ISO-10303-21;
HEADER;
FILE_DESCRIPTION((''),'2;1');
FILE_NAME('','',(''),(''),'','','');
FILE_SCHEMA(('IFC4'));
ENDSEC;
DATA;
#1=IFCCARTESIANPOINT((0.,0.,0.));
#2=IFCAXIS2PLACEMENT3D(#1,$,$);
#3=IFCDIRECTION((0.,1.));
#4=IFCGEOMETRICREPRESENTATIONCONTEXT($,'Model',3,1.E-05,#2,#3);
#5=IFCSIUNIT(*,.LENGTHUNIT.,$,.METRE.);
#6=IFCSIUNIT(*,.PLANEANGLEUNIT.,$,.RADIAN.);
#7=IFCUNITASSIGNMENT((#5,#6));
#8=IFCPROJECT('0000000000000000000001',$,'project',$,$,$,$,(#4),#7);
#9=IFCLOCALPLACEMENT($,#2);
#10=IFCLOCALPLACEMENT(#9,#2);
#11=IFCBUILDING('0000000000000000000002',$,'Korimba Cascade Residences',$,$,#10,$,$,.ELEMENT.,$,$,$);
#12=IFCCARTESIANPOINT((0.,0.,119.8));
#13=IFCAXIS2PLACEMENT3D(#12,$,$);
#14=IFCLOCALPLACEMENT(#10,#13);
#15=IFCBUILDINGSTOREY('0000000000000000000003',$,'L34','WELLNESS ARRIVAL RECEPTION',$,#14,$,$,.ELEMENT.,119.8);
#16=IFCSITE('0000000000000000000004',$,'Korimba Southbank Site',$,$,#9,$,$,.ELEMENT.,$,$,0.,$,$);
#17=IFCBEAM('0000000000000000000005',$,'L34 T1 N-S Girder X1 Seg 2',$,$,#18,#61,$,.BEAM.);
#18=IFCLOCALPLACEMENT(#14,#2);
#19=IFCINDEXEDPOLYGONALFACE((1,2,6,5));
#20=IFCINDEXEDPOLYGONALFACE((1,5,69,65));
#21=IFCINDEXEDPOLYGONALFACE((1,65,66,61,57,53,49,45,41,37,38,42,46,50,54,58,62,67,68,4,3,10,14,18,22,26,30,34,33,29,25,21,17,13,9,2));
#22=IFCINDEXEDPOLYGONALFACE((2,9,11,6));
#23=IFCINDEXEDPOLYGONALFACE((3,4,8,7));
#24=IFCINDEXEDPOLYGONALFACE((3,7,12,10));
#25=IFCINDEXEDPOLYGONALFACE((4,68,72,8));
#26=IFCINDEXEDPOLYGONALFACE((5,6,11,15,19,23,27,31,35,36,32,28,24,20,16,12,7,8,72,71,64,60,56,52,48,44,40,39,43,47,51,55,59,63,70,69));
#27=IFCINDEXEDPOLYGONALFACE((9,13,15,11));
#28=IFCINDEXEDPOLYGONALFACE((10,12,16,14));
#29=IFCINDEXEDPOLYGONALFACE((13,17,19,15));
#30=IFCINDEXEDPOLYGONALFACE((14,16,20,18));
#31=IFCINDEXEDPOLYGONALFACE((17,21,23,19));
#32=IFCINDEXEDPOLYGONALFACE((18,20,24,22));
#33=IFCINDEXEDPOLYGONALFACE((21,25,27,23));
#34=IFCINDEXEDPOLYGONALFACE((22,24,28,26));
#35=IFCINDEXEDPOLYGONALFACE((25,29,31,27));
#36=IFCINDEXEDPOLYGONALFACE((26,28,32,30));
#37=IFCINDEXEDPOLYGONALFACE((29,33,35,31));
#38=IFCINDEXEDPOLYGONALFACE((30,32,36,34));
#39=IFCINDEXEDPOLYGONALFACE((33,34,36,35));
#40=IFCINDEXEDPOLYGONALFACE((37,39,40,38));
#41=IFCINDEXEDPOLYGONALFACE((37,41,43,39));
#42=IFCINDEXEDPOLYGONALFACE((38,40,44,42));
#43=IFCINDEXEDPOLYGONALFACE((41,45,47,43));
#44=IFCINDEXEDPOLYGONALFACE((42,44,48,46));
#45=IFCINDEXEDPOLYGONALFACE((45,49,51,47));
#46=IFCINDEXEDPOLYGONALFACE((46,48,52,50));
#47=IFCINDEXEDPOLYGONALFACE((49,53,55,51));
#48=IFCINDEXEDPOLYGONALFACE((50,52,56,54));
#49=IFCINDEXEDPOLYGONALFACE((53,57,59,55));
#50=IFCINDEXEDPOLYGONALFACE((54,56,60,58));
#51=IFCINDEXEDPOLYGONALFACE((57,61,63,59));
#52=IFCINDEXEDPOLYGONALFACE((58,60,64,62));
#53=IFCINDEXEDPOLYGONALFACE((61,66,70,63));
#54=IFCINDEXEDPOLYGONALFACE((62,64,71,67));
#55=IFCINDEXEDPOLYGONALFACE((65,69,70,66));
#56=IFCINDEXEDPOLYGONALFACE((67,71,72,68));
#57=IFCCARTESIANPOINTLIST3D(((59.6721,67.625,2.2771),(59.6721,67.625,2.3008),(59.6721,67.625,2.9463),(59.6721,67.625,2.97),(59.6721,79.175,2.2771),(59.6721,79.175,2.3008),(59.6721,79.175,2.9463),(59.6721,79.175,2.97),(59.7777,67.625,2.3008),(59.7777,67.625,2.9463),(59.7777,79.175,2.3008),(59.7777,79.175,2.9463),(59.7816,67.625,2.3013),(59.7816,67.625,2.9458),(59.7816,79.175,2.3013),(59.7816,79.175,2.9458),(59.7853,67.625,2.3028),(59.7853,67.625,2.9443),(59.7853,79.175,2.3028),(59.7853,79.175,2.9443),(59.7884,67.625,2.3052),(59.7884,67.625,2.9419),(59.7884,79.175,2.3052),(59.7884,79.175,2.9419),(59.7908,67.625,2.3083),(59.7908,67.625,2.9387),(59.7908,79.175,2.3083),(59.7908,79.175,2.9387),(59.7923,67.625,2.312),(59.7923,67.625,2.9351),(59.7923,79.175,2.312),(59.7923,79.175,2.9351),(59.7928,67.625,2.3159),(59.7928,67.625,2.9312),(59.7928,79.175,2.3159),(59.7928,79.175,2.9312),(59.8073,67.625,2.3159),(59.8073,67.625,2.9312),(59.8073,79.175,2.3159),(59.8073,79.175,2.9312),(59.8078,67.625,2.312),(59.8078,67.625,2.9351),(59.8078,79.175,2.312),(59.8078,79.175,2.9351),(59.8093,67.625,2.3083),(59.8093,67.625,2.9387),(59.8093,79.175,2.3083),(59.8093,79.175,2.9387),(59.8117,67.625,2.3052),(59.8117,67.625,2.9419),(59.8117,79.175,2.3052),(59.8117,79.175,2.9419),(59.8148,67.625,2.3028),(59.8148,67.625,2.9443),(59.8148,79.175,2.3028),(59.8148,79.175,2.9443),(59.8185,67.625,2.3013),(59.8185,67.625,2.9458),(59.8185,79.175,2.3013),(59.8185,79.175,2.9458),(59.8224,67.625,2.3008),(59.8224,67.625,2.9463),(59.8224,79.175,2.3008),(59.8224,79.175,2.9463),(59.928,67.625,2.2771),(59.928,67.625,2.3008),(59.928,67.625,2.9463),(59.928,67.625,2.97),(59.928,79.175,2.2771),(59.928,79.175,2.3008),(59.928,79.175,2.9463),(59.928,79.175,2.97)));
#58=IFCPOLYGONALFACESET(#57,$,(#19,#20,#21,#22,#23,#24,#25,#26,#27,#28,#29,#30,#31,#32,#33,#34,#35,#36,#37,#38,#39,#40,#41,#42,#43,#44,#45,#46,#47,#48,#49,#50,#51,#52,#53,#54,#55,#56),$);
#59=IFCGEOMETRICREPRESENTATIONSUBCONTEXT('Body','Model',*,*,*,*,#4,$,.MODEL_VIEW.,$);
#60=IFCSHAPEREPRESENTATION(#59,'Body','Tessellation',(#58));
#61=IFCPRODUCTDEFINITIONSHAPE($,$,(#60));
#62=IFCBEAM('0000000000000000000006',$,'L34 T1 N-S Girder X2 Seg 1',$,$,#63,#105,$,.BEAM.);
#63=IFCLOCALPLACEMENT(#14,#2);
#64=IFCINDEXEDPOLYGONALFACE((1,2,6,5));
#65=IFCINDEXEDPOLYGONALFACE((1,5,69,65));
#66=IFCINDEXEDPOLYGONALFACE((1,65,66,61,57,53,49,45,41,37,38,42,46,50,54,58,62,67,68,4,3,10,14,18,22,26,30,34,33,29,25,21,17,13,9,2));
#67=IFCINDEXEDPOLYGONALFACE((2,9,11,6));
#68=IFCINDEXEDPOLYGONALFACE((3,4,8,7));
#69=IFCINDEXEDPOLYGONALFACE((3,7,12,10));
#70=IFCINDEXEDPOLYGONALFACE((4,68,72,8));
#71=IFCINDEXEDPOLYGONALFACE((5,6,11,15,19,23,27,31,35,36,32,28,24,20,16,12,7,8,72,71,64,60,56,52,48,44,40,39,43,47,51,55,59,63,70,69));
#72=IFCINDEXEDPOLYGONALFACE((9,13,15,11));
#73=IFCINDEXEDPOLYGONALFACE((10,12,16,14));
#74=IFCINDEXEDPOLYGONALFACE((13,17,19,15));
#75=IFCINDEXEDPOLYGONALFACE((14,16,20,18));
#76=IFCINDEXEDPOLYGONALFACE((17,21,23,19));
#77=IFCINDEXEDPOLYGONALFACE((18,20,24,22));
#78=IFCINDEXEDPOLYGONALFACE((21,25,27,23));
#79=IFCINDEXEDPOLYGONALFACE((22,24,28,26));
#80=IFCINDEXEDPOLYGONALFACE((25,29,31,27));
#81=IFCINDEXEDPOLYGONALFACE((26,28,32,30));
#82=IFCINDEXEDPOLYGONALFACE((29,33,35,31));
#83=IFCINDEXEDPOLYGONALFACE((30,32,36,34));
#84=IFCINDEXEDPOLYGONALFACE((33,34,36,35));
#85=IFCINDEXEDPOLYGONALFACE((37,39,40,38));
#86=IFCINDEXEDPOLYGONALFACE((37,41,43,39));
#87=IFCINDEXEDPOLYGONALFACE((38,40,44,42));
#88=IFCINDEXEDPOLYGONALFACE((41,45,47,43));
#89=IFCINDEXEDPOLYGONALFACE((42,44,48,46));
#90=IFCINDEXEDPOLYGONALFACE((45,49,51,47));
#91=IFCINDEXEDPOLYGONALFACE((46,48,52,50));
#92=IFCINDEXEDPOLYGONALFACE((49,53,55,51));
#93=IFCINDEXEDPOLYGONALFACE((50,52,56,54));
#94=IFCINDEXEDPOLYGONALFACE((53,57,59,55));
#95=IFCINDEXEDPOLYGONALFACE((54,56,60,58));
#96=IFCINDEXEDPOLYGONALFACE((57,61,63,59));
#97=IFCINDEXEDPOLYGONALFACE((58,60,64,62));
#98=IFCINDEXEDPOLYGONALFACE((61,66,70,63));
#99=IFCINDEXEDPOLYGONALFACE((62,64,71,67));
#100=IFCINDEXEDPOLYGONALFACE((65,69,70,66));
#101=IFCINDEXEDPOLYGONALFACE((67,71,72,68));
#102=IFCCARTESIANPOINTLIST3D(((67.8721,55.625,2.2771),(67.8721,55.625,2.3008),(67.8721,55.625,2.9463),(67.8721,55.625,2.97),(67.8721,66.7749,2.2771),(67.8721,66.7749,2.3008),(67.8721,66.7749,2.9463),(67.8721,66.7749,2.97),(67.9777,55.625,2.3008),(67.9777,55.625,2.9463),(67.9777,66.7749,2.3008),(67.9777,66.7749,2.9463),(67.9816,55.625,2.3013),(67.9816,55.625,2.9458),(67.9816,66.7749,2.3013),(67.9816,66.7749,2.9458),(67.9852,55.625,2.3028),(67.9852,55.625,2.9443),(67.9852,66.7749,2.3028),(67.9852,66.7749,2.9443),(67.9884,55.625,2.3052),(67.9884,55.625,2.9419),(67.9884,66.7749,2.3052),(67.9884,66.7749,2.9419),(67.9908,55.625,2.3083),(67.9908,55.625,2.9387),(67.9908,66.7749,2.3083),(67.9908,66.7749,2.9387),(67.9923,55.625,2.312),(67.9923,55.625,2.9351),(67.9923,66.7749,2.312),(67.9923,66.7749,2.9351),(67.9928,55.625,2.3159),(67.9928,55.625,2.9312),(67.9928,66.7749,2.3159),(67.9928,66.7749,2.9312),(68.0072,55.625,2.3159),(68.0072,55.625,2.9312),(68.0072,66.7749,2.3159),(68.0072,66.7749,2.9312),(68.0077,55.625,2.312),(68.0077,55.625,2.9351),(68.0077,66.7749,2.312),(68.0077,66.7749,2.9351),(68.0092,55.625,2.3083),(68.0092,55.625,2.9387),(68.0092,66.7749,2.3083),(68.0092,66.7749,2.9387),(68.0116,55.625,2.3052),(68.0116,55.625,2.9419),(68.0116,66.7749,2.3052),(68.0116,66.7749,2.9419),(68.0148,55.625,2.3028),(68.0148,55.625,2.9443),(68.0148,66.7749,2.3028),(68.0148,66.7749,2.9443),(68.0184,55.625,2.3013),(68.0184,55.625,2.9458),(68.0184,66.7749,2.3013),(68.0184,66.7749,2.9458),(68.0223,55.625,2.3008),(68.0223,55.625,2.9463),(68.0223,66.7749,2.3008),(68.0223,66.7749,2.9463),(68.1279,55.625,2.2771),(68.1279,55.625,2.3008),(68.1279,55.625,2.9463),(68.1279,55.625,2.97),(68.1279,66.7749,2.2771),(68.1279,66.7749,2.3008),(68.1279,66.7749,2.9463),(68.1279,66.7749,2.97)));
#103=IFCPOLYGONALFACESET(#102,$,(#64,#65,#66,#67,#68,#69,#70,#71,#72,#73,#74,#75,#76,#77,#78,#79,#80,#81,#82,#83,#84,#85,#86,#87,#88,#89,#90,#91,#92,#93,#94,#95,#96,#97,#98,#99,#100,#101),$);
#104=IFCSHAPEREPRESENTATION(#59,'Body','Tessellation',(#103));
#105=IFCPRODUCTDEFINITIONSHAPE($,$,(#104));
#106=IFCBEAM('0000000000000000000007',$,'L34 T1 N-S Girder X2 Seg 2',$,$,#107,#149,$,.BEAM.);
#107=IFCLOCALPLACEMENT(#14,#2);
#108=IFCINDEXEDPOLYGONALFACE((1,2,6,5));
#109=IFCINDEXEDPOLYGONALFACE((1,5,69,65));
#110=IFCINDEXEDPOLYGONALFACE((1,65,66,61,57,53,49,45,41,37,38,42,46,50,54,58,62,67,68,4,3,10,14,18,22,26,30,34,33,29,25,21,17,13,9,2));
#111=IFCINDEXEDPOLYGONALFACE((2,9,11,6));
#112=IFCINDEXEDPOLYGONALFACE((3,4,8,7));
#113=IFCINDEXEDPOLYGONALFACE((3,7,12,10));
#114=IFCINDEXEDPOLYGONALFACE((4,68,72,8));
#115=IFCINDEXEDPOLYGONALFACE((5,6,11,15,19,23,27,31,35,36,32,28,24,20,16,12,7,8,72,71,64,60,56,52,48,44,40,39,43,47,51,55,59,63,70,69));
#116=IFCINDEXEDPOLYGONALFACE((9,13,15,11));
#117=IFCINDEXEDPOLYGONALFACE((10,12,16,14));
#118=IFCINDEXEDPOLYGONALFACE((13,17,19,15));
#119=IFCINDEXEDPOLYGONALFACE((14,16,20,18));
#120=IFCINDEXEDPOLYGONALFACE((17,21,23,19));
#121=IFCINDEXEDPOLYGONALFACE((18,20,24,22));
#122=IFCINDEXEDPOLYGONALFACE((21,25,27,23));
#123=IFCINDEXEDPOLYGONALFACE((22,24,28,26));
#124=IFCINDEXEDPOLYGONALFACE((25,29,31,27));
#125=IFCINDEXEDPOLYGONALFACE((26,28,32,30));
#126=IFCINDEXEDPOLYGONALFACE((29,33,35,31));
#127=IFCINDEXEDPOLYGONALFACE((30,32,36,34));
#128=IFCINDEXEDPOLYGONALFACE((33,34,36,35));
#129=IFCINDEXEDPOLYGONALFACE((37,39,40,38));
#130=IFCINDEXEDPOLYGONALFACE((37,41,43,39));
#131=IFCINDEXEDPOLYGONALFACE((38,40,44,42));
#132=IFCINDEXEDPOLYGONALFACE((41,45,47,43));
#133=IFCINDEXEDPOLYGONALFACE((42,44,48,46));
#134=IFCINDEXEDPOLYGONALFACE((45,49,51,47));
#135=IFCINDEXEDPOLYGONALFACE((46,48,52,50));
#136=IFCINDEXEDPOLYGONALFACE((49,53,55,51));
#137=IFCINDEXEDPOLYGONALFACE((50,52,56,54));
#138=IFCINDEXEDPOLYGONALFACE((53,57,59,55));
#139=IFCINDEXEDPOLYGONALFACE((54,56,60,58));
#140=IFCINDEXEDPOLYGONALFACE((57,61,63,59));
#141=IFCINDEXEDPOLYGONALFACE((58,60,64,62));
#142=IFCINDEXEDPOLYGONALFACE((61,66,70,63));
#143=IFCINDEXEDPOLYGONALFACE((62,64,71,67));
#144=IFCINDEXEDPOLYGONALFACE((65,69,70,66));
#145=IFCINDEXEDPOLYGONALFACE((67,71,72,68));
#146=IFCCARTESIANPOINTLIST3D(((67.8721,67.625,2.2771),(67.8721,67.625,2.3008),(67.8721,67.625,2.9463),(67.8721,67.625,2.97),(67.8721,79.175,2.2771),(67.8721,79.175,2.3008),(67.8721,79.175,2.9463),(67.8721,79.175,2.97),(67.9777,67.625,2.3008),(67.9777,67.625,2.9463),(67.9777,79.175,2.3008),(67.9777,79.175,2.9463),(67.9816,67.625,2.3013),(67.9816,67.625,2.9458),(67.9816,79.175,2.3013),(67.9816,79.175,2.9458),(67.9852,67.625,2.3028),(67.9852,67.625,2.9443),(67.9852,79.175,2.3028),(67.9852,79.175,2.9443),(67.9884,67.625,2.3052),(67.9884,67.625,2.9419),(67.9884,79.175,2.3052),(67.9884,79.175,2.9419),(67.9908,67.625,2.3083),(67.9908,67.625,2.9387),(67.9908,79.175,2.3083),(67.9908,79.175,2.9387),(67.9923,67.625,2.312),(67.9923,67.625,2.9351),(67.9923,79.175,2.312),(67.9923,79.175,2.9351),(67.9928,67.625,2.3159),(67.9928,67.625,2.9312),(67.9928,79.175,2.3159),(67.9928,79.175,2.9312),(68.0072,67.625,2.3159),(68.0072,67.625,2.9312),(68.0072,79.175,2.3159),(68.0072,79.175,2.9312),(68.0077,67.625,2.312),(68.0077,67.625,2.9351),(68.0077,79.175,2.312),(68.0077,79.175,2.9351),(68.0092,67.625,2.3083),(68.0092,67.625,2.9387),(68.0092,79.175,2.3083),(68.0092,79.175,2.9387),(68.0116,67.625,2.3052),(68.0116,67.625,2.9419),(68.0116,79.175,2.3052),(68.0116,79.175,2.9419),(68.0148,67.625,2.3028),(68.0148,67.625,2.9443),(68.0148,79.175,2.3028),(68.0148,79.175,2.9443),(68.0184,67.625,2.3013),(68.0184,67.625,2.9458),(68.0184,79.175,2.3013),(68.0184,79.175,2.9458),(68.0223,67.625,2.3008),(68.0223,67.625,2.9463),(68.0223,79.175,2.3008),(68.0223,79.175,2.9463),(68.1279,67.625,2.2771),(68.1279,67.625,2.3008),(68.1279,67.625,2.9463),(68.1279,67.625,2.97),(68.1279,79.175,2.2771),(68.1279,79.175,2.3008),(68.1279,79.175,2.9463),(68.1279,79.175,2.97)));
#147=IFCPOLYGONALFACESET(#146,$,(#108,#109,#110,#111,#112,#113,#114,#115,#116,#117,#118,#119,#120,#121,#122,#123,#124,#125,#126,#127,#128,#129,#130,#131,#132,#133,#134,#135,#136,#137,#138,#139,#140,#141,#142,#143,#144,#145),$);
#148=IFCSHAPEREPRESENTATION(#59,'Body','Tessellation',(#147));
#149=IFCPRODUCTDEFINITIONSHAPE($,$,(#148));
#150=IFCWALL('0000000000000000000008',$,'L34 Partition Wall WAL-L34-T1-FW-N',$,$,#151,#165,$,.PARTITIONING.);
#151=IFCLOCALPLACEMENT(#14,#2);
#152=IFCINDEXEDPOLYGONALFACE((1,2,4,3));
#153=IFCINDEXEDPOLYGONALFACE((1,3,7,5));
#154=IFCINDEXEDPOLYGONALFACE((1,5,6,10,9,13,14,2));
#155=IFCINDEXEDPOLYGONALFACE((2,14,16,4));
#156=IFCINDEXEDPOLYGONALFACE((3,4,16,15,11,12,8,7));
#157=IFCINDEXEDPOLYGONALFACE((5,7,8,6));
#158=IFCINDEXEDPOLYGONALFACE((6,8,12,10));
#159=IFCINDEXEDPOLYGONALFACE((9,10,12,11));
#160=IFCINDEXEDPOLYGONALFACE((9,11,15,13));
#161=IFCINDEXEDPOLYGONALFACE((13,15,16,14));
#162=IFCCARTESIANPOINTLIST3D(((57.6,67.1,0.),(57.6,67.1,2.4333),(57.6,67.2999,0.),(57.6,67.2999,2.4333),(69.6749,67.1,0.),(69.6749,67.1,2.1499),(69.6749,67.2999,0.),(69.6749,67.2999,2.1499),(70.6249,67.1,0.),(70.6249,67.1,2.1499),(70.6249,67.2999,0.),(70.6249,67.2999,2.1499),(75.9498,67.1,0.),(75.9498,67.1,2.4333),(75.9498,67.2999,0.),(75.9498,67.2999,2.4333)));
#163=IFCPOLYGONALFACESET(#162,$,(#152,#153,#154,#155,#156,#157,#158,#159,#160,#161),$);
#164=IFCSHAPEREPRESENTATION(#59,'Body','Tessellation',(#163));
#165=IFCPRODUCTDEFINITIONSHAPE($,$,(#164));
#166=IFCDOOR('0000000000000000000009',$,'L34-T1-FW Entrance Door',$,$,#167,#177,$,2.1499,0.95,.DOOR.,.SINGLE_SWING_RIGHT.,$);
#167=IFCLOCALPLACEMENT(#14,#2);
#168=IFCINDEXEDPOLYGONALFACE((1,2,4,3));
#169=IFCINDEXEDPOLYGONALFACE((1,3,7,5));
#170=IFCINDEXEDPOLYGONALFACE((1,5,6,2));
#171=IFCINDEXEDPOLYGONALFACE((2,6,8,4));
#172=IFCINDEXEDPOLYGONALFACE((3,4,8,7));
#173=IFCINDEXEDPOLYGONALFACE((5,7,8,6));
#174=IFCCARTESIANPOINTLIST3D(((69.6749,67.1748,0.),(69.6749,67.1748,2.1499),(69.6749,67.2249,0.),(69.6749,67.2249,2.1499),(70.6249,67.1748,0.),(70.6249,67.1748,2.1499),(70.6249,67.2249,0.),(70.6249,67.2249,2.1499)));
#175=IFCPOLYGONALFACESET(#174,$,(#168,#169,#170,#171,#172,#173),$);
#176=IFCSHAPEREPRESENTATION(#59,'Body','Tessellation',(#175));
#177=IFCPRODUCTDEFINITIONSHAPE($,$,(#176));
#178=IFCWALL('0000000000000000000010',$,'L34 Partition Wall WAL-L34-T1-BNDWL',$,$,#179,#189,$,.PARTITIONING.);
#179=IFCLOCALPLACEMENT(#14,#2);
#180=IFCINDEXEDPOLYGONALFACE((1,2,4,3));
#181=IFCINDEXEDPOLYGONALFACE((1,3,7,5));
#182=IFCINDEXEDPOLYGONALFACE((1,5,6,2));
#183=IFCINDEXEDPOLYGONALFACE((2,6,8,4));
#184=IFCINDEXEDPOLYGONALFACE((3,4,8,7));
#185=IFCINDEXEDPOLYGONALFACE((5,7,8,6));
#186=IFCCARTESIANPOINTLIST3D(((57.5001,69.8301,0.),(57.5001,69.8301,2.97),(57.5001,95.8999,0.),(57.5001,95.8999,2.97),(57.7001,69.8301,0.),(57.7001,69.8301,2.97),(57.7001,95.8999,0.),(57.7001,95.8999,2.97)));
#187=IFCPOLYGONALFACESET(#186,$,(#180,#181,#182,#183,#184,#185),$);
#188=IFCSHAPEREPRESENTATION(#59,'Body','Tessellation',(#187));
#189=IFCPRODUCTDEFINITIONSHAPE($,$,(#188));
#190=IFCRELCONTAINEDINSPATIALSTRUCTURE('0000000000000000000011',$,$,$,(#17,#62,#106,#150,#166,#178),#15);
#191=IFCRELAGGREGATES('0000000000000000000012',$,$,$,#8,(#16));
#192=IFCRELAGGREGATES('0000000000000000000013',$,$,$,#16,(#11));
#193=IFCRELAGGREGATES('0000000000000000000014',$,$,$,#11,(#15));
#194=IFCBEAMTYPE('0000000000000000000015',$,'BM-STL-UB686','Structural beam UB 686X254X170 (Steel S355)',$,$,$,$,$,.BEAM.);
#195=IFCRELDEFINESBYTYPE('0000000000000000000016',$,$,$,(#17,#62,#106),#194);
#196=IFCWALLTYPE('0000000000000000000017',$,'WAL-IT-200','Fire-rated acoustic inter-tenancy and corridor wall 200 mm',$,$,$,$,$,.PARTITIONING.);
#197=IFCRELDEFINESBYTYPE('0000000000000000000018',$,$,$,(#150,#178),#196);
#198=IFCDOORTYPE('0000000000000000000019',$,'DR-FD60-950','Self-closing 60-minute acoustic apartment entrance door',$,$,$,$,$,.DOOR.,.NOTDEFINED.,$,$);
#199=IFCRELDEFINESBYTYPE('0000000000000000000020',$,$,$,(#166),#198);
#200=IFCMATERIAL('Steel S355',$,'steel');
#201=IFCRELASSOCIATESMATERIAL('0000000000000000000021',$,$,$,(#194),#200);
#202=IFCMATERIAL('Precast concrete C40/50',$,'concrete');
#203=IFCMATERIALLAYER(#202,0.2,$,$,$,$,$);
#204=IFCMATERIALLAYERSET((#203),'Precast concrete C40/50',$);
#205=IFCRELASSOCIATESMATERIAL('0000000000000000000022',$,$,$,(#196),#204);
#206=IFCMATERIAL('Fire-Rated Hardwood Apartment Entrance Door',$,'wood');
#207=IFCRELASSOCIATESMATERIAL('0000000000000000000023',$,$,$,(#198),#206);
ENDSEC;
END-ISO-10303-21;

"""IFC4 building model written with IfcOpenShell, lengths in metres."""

from ifc_helpers import new_model, si_unit, direction, frame, frame_2d, origin, origin_2d, place, context, subcontext, project, spatial, rectangle, i_section, extrude, material, layer, layer_set, material_profile, profile_set, type_object, element, fill, save


model = new_model("IFC4")

# Units and contexts
model_context = context("Model", 3, precision=1e-05, world=origin(), true_north=direction((0.0, 1.0)))
body_context = subcontext(model_context, "Body", "Model", "MODEL_VIEW")
ifc_project = project(units=[si_unit("LENGTHUNIT", "METRE"), si_unit("PLANEANGLEUNIT", "RADIAN")], contexts=[model_context])

# Site, building, storey
site_placement = place(None, origin())
site = spatial("IfcSite", under=ifc_project, at=site_placement, Name="Korimba Southbank Site", CompositionType="ELEMENT", RefElevation=0.0)
building_placement = place(site_placement, origin())
building = spatial("IfcBuilding", under=site, at=building_placement, Name="Korimba Cascade Residences", CompositionType="ELEMENT")
storey_placement = place(building_placement, frame((0.0, 0.0, 119.8)))
storey = spatial("IfcBuildingStorey", under=building, at=storey_placement, Name="L34", Description="WELLNESS ARRIVAL RECEPTION", CompositionType="ELEMENT", Elevation=119.8)

# Beams
ifc_material_1 = material(Name="Steel S355", Category="steel")
ifc_material_profile_1 = material_profile(ifc_material_1, i_section(OverallWidth=0.2559, OverallDepth=0.6929, WebThickness=0.0144, FlangeThickness=0.0237, FilletRadius=0.0151, at=origin_2d()), Name="Steel S355")
ifc_profile_set_1 = profile_set([ifc_material_profile_1], Name="Steel S355")
beam_type_1 = type_object("IfcBeamType", Name="BM-STL-UB686", Description="Structural beam UB 686X254X170 (Steel S355)", PredefinedType="BEAM", material=ifc_profile_set_1)
beam_1_placement = place(storey_placement, frame((59.8, 67.625, 2.6235), z_axis=(0.0, 1.0, 0.0), x_axis=(-1.0, 0.0, 0.0)))
element("IfcBeam", 1, at=beam_1_placement, inside=storey, type_object=beam_type_1, Name="L34 T1 N-S Girder X1 Seg 2", PredefinedType="BEAM", context=body_context, shape_type="SweptSolid", body=[
    extrude(i_section(OverallWidth=0.2559, OverallDepth=0.6929, WebThickness=0.0144, FlangeThickness=0.0237, FilletRadius=0.0151, at=origin_2d()), origin(), (0.0, 0.0, 1.0), 11.55),
])
beam_2_placement = place(storey_placement, frame((68.0, 55.625, 2.6235), z_axis=(0.0, 1.0, 0.0), x_axis=(-1.0, 0.0, 0.0)))
element("IfcBeam", 2, at=beam_2_placement, inside=storey, type_object=beam_type_1, Name="L34 T1 N-S Girder X2 Seg 1", PredefinedType="BEAM", context=body_context, shape_type="SweptSolid", body=[
    extrude(i_section(OverallWidth=0.2559, OverallDepth=0.6929, WebThickness=0.0144, FlangeThickness=0.0237, FilletRadius=0.0151, at=origin_2d()), origin(), (0.0, 0.0, 1.0), 11.1499),
])
beam_3_placement = place(storey_placement, frame((68.0, 67.625, 2.6235), z_axis=(0.0, 1.0, 0.0), x_axis=(-1.0, 0.0, 0.0)))
element("IfcBeam", 3, at=beam_3_placement, inside=storey, type_object=beam_type_1, Name="L34 T1 N-S Girder X2 Seg 2", PredefinedType="BEAM", context=body_context, shape_type="SweptSolid", body=[
    extrude(i_section(OverallWidth=0.2559, OverallDepth=0.6929, WebThickness=0.0144, FlangeThickness=0.0237, FilletRadius=0.0151, at=origin_2d()), origin(), (0.0, 0.0, 1.0), 11.55),
])

# Wall, opening, door
ifc_material_2 = material(Name="Precast concrete C40/50", Category="concrete")
ifc_layer_1 = layer(ifc_material_2, 0.2)
ifc_layer_set_1 = layer_set([ifc_layer_1], Name="Precast concrete C40/50")
wall_type_1 = type_object("IfcWallType", Name="WAL-IT-200", Description="Fire-rated acoustic inter-tenancy and corridor wall 200 mm", PredefinedType="PARTITIONING", material=ifc_layer_set_1)
wall_1_placement = place(storey_placement, frame((57.6001, 67.2, 0.0), z_axis=(0.0, 0.0, 1.0), x_axis=(1.0, 0.0, 0.0)))
wall_1 = element("IfcWall", 4, at=wall_1_placement, inside=storey, type_object=wall_type_1, Name="L34 Partition Wall WAL-L34-T1-FW-N", PredefinedType="PARTITIONING", context=body_context, shape_type="SweptSolid", body=[
    extrude(rectangle(XDim=18.3499, YDim=0.2, at=frame_2d((9.1748, 0.0))), origin(), (0.0, 0.0, 1.0), 2.4333),
])
opening_1_placement = place(wall_1_placement, frame((12.0747, 0.0, 0.0)))
opening_1 = element("IfcOpeningElement", 5, at=opening_1_placement, cuts=wall_1, PredefinedType="OPENING", context=body_context, shape_type="SweptSolid", body=[
    extrude(rectangle(XDim=0.95, YDim=2.1499, at=frame_2d((0.4751, 1.075))), frame((0.0, 0.1099, 0.0), z_axis=(0.0, -1.0, 0.0), x_axis=(1.0, 0.0, 0.0)), (0.0, 0.0, 1.0), 0.22),
])
ifc_material_3 = material(Name="Fire-Rated Hardwood Apartment Entrance Door", Category="wood")
door_type_1 = type_object("IfcDoorType", Name="DR-FD60-950", Description="Self-closing 60-minute acoustic apartment entrance door", OperationType="NOTDEFINED", PredefinedType="DOOR", material=ifc_material_3)
door_1_placement = place(opening_1_placement, origin())
door_1 = element("IfcDoor", 6, at=door_1_placement, inside=storey, type_object=door_type_1, Name="L34-T1-FW Entrance Door", OperationType="SINGLE_SWING_RIGHT", OverallHeight=2.1499, OverallWidth=0.95, PredefinedType="DOOR", context=body_context, shape_type="SweptSolid", body=[
    extrude(rectangle(XDim=0.95, YDim=2.1499, at=frame_2d((0.4751, 1.075))), frame((0.0, 0.0249, 0.0), z_axis=(0.0, -1.0, 0.0), x_axis=(1.0, 0.0, 0.0)), (0.0, 0.0, 1.0), 0.05),
])
fill(opening_1, door_1)

# Wall
wall_2_placement = place(storey_placement, frame((57.6001, 69.8301, 0.0), z_axis=(0.0, 0.0, 1.0), x_axis=(0.0, 1.0, 0.0)))
element("IfcWall", 7, at=wall_2_placement, inside=storey, type_object=wall_type_1, Name="L34 Partition Wall WAL-L34-T1-BNDWL", PredefinedType="PARTITIONING", context=body_context, shape_type="SweptSolid", body=[
    extrude(rectangle(XDim=26.0698, YDim=0.2, at=frame_2d((13.0349, 0.0))), origin(), (0.0, 0.0, 1.0), 2.97),
])

save(model, "model.ifc")
